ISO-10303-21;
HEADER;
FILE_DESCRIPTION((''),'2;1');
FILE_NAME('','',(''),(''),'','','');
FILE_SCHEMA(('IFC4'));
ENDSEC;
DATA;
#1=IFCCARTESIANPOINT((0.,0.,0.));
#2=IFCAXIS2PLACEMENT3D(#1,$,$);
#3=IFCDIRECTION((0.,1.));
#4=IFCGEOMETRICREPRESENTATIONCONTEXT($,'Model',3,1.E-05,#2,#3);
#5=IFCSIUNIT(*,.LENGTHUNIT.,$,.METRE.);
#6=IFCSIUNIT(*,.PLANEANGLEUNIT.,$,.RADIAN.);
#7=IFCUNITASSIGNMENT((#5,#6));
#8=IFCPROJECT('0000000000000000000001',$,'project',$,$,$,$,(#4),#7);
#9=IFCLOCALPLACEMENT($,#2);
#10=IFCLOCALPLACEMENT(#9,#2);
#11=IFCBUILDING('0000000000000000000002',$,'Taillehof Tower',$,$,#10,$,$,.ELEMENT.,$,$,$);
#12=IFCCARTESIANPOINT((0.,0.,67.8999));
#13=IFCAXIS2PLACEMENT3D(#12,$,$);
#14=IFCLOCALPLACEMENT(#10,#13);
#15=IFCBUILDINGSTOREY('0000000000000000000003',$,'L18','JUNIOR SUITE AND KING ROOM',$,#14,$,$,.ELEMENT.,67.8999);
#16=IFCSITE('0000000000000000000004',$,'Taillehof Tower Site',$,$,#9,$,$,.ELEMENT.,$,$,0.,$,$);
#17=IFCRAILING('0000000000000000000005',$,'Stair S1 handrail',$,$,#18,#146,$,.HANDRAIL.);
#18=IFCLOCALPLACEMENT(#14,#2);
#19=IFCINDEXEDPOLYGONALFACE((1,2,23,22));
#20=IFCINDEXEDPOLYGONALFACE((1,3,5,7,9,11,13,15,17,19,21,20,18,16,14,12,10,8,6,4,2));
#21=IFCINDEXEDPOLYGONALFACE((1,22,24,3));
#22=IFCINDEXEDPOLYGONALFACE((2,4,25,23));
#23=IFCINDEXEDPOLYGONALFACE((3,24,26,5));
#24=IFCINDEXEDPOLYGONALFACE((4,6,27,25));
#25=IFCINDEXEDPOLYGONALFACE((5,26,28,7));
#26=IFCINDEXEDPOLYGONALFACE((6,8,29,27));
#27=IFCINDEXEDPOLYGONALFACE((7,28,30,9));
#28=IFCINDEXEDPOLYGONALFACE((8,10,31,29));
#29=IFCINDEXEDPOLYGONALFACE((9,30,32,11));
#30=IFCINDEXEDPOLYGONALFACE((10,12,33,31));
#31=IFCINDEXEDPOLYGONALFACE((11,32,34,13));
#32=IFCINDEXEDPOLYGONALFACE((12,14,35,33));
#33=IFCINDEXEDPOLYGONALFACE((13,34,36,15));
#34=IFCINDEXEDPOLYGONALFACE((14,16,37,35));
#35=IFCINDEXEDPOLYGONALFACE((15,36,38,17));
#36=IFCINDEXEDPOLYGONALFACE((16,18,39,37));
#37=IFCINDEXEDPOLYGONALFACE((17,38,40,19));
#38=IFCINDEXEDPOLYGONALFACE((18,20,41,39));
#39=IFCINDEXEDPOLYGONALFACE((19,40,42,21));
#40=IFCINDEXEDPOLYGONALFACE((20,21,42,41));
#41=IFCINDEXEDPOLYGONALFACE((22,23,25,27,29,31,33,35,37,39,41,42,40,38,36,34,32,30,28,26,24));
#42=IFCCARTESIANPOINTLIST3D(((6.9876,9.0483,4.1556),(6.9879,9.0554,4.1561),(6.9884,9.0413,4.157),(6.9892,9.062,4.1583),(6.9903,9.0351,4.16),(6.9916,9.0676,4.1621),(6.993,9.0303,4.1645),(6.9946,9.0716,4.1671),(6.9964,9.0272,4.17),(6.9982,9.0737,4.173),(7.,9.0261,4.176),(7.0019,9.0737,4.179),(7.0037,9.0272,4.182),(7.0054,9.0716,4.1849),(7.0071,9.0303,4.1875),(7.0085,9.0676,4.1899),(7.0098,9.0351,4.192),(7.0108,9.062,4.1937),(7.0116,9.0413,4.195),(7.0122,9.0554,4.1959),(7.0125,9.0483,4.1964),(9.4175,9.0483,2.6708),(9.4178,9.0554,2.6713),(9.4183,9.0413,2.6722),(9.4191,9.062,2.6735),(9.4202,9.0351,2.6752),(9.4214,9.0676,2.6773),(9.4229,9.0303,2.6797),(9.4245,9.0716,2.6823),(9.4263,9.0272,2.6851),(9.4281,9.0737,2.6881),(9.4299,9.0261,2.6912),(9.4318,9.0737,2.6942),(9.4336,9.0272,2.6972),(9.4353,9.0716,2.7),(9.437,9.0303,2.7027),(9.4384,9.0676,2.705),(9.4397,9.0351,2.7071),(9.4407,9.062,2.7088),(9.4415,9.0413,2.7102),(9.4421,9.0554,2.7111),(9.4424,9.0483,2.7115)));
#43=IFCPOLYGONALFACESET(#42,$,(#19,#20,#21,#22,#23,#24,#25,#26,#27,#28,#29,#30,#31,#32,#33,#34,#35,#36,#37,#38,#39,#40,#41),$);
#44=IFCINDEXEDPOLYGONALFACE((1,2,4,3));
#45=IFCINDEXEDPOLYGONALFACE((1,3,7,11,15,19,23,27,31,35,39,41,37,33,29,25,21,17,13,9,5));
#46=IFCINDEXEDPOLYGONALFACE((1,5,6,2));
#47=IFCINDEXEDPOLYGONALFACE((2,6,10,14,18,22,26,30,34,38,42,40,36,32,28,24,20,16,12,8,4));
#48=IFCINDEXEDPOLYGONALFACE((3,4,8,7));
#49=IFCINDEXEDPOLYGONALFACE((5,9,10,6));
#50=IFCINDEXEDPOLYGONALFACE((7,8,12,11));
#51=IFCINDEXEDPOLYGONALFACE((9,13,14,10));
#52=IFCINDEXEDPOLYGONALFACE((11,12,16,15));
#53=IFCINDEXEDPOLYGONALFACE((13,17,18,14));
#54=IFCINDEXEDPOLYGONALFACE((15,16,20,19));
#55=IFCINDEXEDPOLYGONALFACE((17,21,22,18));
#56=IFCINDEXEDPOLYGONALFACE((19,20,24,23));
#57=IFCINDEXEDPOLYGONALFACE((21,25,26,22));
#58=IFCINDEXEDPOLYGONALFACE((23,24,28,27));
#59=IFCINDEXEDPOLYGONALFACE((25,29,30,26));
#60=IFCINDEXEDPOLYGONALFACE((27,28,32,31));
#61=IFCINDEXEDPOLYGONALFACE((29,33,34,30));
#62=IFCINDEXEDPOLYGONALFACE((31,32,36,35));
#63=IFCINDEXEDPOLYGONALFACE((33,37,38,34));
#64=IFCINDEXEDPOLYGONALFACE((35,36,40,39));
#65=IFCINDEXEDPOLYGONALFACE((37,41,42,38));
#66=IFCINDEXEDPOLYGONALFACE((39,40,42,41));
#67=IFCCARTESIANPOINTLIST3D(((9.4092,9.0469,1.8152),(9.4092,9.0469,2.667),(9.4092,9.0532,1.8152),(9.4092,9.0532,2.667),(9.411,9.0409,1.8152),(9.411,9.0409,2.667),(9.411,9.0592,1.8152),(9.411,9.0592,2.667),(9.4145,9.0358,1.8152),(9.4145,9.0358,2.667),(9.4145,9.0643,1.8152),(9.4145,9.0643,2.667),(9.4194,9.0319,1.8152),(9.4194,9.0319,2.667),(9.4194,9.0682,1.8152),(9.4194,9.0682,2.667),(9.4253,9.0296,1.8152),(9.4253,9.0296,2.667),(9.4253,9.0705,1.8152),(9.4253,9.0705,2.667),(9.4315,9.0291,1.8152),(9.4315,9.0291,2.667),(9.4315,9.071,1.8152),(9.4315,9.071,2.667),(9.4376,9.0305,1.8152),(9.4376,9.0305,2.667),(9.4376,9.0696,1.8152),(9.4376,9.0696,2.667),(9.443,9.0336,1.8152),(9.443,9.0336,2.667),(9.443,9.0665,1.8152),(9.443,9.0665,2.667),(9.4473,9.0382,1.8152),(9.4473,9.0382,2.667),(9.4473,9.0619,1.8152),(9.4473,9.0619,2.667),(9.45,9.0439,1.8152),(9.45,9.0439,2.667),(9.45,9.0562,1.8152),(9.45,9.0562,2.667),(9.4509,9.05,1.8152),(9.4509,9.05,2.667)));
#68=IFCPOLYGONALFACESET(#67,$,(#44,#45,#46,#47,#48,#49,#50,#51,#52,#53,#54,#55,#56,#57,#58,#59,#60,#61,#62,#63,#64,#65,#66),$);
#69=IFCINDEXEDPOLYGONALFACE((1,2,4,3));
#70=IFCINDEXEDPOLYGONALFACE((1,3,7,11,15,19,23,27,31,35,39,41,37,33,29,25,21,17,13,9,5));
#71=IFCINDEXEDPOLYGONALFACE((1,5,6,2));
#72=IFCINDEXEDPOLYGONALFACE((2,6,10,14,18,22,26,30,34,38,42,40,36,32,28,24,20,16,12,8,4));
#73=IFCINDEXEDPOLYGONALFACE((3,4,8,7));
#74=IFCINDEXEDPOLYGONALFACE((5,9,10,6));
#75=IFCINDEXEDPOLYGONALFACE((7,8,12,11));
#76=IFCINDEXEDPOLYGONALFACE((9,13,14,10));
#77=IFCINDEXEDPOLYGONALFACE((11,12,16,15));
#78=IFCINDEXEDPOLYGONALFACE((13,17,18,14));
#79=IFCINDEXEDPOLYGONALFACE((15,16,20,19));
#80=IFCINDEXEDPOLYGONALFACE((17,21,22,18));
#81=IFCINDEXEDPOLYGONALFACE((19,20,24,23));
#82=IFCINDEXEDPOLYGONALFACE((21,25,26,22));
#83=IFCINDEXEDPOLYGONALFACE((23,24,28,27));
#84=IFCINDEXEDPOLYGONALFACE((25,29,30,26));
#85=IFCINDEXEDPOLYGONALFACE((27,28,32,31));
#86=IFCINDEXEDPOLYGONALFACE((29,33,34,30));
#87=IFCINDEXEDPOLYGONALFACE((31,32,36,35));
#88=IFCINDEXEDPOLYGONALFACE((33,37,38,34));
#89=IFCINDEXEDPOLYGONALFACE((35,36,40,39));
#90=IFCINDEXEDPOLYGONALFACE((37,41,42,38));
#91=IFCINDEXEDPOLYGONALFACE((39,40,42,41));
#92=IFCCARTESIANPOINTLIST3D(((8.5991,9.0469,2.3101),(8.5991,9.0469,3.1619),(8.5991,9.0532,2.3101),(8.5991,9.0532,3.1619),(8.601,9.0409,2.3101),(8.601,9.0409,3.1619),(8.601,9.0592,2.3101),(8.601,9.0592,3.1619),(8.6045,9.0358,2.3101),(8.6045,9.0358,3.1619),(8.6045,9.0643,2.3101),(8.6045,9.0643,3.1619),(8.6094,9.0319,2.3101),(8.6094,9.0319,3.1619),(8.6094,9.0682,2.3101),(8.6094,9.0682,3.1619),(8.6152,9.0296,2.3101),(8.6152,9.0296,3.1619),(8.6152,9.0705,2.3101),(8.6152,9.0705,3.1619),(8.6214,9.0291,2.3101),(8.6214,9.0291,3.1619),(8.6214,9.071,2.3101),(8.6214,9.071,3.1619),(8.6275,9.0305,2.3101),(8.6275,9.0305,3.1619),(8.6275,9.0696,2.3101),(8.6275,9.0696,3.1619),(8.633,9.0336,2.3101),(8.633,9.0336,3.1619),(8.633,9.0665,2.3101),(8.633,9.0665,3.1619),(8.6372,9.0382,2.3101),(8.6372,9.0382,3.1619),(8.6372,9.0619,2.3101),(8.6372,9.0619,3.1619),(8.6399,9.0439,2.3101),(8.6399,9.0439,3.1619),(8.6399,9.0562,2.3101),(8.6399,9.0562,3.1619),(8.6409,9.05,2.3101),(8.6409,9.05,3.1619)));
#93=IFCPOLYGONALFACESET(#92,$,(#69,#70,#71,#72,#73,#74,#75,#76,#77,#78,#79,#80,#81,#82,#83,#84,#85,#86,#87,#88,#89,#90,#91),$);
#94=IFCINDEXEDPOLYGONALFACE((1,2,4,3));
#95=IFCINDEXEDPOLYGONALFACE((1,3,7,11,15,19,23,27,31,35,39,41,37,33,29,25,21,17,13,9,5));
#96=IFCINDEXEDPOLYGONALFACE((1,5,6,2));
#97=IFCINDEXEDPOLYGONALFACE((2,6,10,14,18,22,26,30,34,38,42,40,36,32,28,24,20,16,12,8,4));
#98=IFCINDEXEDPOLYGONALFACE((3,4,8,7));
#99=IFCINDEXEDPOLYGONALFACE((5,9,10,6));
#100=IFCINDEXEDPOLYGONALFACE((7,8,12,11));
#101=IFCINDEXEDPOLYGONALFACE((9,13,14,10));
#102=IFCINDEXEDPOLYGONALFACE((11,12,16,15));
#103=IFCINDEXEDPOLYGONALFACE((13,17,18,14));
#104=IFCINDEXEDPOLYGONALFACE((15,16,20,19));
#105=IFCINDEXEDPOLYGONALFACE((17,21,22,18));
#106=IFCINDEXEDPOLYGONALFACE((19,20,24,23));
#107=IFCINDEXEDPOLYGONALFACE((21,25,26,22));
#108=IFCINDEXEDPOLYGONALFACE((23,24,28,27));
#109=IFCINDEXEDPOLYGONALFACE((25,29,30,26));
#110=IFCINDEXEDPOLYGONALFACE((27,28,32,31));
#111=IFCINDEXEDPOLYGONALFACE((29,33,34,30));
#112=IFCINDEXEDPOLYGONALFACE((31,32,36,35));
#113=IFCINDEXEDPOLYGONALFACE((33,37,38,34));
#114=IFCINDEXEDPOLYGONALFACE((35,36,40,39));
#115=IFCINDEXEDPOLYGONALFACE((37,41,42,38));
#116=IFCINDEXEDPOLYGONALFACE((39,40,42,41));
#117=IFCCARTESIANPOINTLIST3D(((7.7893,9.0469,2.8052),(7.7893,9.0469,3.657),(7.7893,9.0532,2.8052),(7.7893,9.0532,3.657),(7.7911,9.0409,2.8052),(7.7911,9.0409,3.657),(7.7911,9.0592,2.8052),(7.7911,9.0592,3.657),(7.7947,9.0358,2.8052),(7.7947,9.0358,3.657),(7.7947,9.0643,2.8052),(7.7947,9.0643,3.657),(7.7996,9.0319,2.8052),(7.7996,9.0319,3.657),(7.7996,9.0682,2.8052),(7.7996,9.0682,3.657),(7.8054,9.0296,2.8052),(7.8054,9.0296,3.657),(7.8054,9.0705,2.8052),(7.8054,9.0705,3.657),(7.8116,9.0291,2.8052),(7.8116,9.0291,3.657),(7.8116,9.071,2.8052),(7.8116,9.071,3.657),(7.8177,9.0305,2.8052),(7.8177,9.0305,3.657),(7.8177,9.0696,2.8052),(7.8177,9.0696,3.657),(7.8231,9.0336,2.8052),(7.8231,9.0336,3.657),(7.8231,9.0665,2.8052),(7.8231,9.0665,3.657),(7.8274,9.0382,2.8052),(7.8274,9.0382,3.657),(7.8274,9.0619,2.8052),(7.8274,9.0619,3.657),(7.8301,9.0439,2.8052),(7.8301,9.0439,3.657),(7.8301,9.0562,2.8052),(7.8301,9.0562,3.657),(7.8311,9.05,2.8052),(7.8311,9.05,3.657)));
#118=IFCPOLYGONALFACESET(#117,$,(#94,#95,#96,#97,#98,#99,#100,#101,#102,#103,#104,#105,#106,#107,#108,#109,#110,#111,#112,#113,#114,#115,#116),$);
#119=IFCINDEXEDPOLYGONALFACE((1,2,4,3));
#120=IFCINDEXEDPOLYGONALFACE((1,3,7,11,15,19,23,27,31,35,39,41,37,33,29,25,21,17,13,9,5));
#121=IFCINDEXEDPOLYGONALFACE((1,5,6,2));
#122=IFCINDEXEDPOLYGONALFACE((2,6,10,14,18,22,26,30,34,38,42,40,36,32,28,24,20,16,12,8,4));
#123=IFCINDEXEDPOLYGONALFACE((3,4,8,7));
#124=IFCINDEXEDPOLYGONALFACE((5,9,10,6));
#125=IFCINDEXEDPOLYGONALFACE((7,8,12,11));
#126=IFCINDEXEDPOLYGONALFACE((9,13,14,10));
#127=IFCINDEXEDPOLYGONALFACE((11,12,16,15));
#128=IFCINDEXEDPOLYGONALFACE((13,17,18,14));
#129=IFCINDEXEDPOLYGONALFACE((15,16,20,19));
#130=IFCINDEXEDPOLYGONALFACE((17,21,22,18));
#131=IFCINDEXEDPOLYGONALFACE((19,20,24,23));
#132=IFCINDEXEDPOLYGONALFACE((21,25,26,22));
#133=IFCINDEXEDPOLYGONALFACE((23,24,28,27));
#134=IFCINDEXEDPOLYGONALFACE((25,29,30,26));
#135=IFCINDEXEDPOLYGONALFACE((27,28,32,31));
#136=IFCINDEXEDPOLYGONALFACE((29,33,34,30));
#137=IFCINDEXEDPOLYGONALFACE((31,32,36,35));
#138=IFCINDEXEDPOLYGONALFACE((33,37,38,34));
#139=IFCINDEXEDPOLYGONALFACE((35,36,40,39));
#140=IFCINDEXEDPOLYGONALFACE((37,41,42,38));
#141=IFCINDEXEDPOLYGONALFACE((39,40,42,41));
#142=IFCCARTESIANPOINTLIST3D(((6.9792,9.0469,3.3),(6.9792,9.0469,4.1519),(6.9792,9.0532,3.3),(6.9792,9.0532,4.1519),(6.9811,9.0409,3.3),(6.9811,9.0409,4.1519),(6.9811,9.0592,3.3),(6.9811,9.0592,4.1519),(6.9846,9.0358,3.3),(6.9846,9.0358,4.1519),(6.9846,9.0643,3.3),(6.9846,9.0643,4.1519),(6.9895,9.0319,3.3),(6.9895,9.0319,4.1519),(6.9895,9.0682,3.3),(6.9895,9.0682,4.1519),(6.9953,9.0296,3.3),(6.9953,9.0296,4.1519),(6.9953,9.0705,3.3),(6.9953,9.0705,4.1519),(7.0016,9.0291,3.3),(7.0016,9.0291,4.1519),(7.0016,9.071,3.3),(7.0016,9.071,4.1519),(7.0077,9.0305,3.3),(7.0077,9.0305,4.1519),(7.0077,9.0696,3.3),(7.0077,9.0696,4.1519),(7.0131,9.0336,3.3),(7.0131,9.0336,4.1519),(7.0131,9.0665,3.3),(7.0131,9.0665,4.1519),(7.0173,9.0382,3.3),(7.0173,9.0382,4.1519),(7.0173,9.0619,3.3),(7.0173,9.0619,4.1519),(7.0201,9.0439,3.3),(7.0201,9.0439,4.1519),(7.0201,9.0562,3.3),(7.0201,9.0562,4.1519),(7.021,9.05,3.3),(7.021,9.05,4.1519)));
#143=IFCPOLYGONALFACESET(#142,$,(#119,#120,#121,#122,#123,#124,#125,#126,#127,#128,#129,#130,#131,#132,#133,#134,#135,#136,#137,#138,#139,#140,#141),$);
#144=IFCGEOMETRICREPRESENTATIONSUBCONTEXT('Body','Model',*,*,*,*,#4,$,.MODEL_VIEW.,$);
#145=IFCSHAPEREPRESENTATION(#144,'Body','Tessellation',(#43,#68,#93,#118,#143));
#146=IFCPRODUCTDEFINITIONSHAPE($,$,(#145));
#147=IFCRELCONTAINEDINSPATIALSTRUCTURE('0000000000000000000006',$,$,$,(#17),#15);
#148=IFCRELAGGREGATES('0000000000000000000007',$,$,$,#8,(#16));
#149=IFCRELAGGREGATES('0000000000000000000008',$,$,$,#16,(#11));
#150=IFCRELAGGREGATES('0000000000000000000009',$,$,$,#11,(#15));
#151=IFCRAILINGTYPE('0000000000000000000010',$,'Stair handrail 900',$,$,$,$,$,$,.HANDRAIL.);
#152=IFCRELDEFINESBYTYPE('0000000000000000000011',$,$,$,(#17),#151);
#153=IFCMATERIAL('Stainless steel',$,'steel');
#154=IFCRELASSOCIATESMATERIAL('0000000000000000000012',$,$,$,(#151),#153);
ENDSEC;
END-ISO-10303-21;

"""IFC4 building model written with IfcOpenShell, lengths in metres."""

from ifc_helpers import new_model, si_unit, direction, frame, origin, origin_2d, place, context, subcontext, project, spatial, circle, extrude, material, type_object, element, save


model = new_model("IFC4")

# Units and contexts
model_context = context("Model", 3, precision=1e-05, world=origin(), true_north=direction((0.0, 1.0)))
body_context = subcontext(model_context, "Body", "Model", "MODEL_VIEW")
ifc_project = project(units=[si_unit("LENGTHUNIT", "METRE"), si_unit("PLANEANGLEUNIT", "RADIAN")], contexts=[model_context])

# Site, building, storey
site_placement = place(None, origin())
site = spatial("IfcSite", under=ifc_project, at=site_placement, Name="Taillehof Tower Site", CompositionType="ELEMENT", RefElevation=0.0)
building_placement = place(site_placement, origin())
building = spatial("IfcBuilding", under=site, at=building_placement, Name="Taillehof Tower", CompositionType="ELEMENT")
storey_placement = place(building_placement, frame((0.0, 0.0, 67.8999)))
storey = spatial("IfcBuildingStorey", under=building, at=storey_placement, Name="L18", Description="JUNIOR SUITE AND KING ROOM", CompositionType="ELEMENT", Elevation=67.8999)

# Railing
ifc_material_1 = material(Name="Stainless steel", Category="steel")
railing_type = type_object("IfcRailingType", Name="Stair handrail 900", PredefinedType="HANDRAIL", material=ifc_material_1)
railing_1_placement = place(storey_placement, frame((9.4299, 9.05, 1.8152)))
element("IfcRailing", 1, at=railing_1_placement, inside=storey, type_object=railing_type, Name="Stair S1 handrail", PredefinedType="HANDRAIL", context=body_context, shape_type="SweptSolid", body=[
    extrude(circle(Radius=0.0239, at=origin_2d()), frame((0.0, 0.0, 0.876), z_axis=(-0.853297, 0.0, 0.521426), x_axis=(0.0, -1.0, 0.0)), (0.0, 0.0, 1.0), 2.8477),
    extrude(circle(Radius=0.021, at=origin_2d()), origin(), (0.0, 0.0, 1.0), 0.8518),
    extrude(circle(Radius=0.021, at=origin_2d()), frame((-0.8101, 0.0, 0.4949)), (0.0, 0.0, 1.0), 0.8518),
    extrude(circle(Radius=0.021, at=origin_2d()), frame((-1.6199, 0.0, 0.99)), (0.0, 0.0, 1.0), 0.8518),
    extrude(circle(Radius=0.021, at=origin_2d()), frame((-2.4299, 0.0, 1.4849)), (0.0, 0.0, 1.0), 0.8518),
])

save(model, "model.ifc")
